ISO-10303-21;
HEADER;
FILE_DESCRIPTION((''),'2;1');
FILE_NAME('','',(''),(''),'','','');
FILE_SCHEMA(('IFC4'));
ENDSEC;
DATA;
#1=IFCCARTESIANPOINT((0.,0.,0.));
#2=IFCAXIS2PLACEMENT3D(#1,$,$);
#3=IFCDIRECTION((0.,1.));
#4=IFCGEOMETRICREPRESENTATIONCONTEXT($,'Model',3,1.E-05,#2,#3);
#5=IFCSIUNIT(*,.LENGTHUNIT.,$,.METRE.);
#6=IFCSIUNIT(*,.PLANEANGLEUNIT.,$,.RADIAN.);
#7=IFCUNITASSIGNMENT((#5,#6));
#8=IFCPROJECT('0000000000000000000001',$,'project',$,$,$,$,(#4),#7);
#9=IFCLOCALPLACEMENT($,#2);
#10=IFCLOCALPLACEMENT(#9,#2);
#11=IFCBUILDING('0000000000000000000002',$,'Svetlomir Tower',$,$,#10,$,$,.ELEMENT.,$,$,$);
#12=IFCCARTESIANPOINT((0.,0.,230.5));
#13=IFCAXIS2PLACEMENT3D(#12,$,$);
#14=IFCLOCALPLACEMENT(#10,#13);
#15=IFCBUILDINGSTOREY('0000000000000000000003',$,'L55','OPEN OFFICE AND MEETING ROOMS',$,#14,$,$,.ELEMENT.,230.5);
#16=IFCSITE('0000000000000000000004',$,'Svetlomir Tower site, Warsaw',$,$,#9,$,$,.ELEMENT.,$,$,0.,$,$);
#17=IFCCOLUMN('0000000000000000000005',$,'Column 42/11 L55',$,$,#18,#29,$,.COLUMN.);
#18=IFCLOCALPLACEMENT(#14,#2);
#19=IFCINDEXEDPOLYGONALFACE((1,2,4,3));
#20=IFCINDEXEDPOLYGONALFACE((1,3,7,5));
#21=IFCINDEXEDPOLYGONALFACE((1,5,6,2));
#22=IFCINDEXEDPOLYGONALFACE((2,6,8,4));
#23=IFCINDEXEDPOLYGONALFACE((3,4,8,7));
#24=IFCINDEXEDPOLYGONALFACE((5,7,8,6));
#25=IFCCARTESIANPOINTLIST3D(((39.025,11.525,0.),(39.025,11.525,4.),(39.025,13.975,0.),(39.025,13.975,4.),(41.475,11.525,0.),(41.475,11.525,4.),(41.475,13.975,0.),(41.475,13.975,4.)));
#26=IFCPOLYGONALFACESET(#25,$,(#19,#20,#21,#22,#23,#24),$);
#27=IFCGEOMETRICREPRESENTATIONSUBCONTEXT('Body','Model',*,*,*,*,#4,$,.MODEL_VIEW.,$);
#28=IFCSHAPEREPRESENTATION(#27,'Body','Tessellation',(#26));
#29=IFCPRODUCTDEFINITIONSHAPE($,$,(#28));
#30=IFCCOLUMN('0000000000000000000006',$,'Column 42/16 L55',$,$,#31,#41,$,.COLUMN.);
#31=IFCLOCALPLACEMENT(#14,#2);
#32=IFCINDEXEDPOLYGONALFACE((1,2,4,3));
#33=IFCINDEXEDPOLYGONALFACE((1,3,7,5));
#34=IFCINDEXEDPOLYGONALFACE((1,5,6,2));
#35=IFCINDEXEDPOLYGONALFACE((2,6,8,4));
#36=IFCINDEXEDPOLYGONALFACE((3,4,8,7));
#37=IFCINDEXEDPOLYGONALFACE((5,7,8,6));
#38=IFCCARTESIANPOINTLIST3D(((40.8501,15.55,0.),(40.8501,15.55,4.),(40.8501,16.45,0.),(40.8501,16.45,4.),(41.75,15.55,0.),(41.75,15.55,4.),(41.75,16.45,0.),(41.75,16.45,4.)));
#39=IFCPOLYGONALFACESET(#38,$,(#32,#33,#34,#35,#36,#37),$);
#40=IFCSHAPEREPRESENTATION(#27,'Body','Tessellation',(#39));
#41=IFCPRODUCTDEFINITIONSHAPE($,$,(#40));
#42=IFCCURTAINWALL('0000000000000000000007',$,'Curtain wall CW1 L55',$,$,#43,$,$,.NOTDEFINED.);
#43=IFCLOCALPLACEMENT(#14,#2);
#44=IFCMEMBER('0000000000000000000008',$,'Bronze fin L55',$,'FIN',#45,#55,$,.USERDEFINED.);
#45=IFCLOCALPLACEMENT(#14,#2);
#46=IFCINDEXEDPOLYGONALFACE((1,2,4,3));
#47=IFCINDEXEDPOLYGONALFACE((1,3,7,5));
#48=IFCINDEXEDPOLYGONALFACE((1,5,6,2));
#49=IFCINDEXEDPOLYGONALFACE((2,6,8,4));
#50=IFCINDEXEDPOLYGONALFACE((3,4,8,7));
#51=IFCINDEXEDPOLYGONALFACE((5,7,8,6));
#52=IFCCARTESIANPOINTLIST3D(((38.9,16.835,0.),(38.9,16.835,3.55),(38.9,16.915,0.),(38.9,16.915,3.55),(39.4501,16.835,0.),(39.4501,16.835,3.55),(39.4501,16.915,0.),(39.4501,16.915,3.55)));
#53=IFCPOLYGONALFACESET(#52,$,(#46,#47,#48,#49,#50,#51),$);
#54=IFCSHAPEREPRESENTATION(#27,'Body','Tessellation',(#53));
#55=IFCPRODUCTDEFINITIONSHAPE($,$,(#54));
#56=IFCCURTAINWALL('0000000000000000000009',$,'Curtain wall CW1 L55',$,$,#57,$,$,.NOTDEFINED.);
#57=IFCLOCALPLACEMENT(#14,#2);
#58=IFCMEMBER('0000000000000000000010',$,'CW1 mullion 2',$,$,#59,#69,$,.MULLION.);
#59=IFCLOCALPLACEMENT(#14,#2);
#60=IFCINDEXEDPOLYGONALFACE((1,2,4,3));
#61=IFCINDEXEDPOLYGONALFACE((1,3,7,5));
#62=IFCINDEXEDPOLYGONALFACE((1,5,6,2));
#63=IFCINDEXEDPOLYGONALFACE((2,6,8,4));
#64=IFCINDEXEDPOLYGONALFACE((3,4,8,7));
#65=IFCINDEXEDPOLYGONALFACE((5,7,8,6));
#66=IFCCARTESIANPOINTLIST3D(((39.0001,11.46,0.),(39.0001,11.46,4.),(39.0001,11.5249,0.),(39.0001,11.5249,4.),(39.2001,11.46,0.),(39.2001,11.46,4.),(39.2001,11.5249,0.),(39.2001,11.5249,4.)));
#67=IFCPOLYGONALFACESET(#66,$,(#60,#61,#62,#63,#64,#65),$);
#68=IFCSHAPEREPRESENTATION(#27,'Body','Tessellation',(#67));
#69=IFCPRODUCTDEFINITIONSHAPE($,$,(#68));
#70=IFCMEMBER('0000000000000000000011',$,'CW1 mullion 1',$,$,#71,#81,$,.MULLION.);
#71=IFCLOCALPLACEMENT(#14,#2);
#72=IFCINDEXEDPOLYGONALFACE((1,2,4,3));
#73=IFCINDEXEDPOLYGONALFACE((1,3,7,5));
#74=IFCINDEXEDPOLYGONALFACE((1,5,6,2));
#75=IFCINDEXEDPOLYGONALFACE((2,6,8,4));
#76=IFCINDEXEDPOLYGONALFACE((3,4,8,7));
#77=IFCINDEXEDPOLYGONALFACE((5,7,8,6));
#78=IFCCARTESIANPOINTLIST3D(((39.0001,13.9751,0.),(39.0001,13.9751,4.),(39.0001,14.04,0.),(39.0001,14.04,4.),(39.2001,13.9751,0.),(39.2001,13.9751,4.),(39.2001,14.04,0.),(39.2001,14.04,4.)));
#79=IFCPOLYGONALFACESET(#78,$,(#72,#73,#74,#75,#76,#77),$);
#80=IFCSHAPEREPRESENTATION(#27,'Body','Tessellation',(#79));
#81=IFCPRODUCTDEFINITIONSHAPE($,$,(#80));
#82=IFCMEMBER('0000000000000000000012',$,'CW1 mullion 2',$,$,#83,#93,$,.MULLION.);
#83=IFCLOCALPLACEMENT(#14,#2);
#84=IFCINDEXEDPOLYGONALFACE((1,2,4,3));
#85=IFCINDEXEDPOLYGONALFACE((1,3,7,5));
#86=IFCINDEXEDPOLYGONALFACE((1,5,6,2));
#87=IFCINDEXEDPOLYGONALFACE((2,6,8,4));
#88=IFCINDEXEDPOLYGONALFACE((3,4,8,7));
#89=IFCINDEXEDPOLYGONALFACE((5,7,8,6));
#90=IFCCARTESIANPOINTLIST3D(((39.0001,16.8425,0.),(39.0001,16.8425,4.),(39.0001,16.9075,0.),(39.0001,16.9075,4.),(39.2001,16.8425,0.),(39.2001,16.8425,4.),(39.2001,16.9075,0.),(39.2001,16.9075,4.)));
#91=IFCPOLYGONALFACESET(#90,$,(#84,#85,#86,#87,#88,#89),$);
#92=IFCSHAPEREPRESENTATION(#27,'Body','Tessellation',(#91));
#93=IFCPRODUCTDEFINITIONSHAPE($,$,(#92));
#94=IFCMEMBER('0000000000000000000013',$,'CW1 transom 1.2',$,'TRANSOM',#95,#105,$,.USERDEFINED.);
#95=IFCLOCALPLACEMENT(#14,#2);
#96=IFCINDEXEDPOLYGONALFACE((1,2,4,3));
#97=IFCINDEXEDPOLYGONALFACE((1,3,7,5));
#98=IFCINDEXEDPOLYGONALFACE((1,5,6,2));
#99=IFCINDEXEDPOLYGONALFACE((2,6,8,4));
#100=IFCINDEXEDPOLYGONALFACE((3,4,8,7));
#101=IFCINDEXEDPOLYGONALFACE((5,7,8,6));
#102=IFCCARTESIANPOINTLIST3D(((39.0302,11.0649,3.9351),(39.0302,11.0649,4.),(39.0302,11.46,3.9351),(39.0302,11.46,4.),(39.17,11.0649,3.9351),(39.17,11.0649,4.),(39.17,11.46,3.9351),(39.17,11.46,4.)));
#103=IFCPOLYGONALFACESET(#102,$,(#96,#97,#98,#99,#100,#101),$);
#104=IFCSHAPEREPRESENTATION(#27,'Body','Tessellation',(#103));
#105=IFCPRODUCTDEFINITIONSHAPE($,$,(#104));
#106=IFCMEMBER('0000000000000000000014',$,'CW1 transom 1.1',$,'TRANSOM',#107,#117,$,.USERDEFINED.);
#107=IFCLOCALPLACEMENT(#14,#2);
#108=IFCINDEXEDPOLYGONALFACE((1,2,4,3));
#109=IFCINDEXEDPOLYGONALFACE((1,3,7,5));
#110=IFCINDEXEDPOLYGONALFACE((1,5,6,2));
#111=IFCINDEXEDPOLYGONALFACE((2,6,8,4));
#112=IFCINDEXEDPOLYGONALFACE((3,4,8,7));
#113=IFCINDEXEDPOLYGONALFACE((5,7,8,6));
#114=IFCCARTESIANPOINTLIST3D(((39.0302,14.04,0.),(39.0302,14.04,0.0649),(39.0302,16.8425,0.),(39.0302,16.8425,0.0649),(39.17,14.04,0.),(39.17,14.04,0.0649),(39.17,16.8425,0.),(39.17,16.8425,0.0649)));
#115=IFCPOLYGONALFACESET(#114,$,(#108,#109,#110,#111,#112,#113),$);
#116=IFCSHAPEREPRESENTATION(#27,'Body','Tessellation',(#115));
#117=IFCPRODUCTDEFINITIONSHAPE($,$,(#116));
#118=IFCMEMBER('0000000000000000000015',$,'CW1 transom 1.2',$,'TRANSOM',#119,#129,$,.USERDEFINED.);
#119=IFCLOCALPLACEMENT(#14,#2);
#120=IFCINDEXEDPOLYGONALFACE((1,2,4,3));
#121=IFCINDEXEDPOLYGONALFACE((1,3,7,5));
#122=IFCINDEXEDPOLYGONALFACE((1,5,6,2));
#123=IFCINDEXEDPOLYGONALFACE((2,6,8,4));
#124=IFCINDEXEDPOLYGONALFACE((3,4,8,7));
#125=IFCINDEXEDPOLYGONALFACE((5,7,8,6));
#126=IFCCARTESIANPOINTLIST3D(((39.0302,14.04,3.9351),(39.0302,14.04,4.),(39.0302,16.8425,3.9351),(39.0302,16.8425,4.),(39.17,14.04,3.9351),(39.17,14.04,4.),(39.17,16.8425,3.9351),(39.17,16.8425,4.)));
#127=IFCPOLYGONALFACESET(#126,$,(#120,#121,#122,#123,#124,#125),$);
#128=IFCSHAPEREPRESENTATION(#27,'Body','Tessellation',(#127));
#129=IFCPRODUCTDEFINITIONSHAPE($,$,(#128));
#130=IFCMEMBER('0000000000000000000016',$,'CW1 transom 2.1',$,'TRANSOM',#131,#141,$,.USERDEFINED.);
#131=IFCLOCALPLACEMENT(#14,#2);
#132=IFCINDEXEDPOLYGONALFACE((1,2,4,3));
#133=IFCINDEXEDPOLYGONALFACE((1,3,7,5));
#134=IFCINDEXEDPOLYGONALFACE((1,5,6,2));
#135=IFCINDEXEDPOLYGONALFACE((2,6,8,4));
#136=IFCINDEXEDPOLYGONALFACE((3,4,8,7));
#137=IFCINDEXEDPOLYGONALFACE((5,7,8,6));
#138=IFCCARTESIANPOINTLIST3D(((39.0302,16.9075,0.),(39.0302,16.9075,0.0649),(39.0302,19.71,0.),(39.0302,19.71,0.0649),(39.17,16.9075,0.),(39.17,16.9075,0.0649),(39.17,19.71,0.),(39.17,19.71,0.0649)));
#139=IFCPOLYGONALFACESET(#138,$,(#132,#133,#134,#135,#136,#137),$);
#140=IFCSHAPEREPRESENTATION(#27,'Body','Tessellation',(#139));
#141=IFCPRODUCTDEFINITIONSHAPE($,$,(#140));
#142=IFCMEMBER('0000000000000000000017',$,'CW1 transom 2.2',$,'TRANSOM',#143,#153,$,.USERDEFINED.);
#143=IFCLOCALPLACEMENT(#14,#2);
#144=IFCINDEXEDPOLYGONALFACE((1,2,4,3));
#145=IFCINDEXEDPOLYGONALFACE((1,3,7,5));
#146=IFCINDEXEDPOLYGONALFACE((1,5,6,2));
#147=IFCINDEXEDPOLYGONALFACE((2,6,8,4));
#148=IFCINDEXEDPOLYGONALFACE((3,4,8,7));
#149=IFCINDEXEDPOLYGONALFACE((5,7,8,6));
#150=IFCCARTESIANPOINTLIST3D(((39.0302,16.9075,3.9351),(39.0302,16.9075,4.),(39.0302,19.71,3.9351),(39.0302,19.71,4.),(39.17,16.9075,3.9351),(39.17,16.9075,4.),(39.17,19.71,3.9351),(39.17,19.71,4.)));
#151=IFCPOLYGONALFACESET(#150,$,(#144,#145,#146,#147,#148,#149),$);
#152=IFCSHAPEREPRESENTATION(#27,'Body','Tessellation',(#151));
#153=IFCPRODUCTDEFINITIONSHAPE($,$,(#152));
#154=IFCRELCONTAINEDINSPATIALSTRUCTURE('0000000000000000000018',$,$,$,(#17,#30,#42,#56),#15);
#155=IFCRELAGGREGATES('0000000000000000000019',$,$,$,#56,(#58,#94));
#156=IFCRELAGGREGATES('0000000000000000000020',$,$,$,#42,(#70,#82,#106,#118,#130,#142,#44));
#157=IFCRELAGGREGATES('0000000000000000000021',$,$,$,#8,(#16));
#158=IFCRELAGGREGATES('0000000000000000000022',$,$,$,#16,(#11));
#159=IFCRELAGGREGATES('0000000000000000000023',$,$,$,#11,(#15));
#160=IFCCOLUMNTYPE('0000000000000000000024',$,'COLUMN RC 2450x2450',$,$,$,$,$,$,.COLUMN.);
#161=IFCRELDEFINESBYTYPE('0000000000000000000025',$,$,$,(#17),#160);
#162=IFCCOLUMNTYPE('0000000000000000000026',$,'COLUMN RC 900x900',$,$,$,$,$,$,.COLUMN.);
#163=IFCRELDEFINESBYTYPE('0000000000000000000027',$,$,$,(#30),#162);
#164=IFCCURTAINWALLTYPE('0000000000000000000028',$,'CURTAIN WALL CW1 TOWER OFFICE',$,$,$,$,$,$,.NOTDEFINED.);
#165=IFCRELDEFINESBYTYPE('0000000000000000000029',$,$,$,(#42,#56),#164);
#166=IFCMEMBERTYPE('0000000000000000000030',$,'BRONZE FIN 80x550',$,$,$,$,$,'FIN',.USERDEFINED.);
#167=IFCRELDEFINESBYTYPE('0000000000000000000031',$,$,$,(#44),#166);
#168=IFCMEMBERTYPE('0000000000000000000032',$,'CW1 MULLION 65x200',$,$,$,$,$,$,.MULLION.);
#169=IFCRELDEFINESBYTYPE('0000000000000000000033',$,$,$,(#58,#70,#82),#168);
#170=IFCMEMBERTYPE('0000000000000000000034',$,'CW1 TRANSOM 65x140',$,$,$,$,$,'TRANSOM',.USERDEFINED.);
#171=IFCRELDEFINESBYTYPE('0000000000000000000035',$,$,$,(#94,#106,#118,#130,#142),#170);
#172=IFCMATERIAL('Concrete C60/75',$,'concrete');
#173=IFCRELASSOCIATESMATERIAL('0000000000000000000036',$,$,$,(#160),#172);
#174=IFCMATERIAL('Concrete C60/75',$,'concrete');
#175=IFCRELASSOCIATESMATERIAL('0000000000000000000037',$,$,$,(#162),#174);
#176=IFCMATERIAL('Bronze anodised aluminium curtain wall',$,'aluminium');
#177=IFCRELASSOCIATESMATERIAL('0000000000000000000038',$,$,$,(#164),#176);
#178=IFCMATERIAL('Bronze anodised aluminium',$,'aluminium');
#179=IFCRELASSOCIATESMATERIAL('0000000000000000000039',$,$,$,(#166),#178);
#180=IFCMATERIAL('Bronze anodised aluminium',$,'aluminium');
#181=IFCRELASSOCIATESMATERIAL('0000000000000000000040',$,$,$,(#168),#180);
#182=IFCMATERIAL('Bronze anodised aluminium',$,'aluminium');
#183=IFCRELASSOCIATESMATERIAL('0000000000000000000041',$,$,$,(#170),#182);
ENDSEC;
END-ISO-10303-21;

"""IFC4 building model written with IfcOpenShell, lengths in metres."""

from ifc_helpers import new_model, si_unit, direction, frame, origin, origin_2d, place, context, subcontext, project, spatial, rectangle, extrude, material, material_profile, profile_set, type_object, element, aggregate, save


model = new_model("IFC4")

# Units and contexts
model_context = context("Model", 3, precision=1e-05, world=origin(), true_north=direction((0.0, 1.0)))
body_context = subcontext(model_context, "Body", "Model", "MODEL_VIEW")
ifc_project = project(units=[si_unit("LENGTHUNIT", "METRE"), si_unit("PLANEANGLEUNIT", "RADIAN")], contexts=[model_context])

# Site, building, storey
site_placement = place(None, origin())
site = spatial("IfcSite", under=ifc_project, at=site_placement, Name="Svetlomir Tower site, Warsaw", CompositionType="ELEMENT", RefElevation=0.0)
building_placement = place(site_placement, origin())
building = spatial("IfcBuilding", under=site, at=building_placement, Name="Svetlomir Tower", CompositionType="ELEMENT")
storey_placement = place(building_placement, frame((0.0, 0.0, 230.5)))
storey = spatial("IfcBuildingStorey", under=building, at=storey_placement, Name="L55", Description="OPEN OFFICE AND MEETING ROOMS", CompositionType="ELEMENT", Elevation=230.5)

# Columns
ifc_material_1 = material(Name="Concrete C60/75", Category="concrete")
ifc_material_profile_1 = material_profile(ifc_material_1, rectangle(XDim=2.45, YDim=2.45, at=origin_2d()), Name="RC 2450x2450")
ifc_profile_set_1 = profile_set([ifc_material_profile_1], Name="Concrete C60/75")
column_type_1 = type_object("IfcColumnType", Name="COLUMN RC 2450x2450", PredefinedType="COLUMN", material=ifc_profile_set_1)
column_1_placement = place(storey_placement, frame((40.25, 12.75, 0.0), z_axis=(0.0, 0.0, 1.0), x_axis=(1.0, 0.0, 0.0)))
element("IfcColumn", 1, at=column_1_placement, inside=storey, type_object=column_type_1, Name="Column 42/11 L55", PredefinedType="COLUMN", context=body_context, shape_type="SweptSolid", body=[
    extrude(rectangle(XDim=2.45, YDim=2.45, at=origin_2d()), origin(), (0.0, 0.0, 1.0), 4.0),
])
ifc_material_2 = material(Name="Concrete C60/75", Category="concrete")
ifc_material_profile_2 = material_profile(ifc_material_2, rectangle(XDim=0.8999, YDim=0.8999, at=origin_2d()), Name="RC 900x900")
ifc_profile_set_2 = profile_set([ifc_material_profile_2], Name="Concrete C60/75")
column_type_2 = type_object("IfcColumnType", Name="COLUMN RC 900x900", PredefinedType="COLUMN", material=ifc_profile_set_2)
column_2_placement = place(storey_placement, frame((41.3, 16.0, 0.0), z_axis=(0.0, 0.0, 1.0), x_axis=(1.0, 0.0, 0.0)))
element("IfcColumn", 2, at=column_2_placement, inside=storey, type_object=column_type_2, Name="Column 42/16 L55", PredefinedType="COLUMN", context=body_context, shape_type="SweptSolid", body=[
    extrude(rectangle(XDim=0.8999, YDim=0.8999, at=origin_2d()), origin(), (0.0, 0.0, 1.0), 4.0),
])

# Curtain walls, members
ifc_material_3 = material(Name="Bronze anodised aluminium curtain wall", Category="aluminium")
curtain_wall_type = type_object("IfcCurtainWallType", Name="CURTAIN WALL CW1 TOWER OFFICE", PredefinedType="NOTDEFINED", material=ifc_material_3)
curtain_wall_1_placement = place(storey_placement, origin())
curtain_wall_1 = element("IfcCurtainWall", 3, at=curtain_wall_1_placement, inside=storey, type_object=curtain_wall_type, Name="Curtain wall CW1 L55", PredefinedType="NOTDEFINED")
ifc_material_4 = material(Name="Bronze anodised aluminium", Category="aluminium")
ifc_material_profile_3 = material_profile(ifc_material_4, rectangle(XDim=0.0801, YDim=0.55, at=origin_2d()), Name="FIN 80x550")
ifc_profile_set_3 = profile_set([ifc_material_profile_3], Name="Bronze anodised aluminium 6063-T6")
member_type_1 = type_object("IfcMemberType", Name="BRONZE FIN 80x550", ElementType="FIN", PredefinedType="USERDEFINED", material=ifc_profile_set_3)
member_1_placement = place(storey_placement, frame((39.175, 16.875, 0.0), z_axis=(0.0, 0.0, 1.0), x_axis=(0.0, 1.0, 0.0)))
member_1 = element("IfcMember", 4, at=member_1_placement, type_object=member_type_1, Name="Bronze fin L55", ObjectType="FIN", PredefinedType="USERDEFINED", context=body_context, shape_type="SweptSolid", body=[
    extrude(rectangle(XDim=0.0801, YDim=0.55, at=origin_2d()), origin(), (0.0, 0.0, 1.0), 3.55),
])
curtain_wall_2_placement = place(storey_placement, origin())
curtain_wall_2 = element("IfcCurtainWall", 5, at=curtain_wall_2_placement, inside=storey, type_object=curtain_wall_type, Name="Curtain wall CW1 L55", PredefinedType="NOTDEFINED")
ifc_material_5 = material(Name="Bronze anodised aluminium", Category="aluminium")
ifc_material_profile_4 = material_profile(ifc_material_5, rectangle(XDim=0.0649, YDim=0.2, at=origin_2d()), Name="AL 65x200")
ifc_profile_set_4 = profile_set([ifc_material_profile_4], Name="Bronze anodised aluminium 6063-T6")
member_type_2 = type_object("IfcMemberType", Name="CW1 MULLION 65x200", PredefinedType="MULLION", material=ifc_profile_set_4)
member_2_placement = place(storey_placement, frame((39.1001, 11.4924, 0.0), z_axis=(0.0, 0.0, 1.0), x_axis=(0.0, 1.0, 0.0)))
member_2 = element("IfcMember", 6, at=member_2_placement, type_object=member_type_2, Name="CW1 mullion 2", PredefinedType="MULLION", context=body_context, shape_type="SweptSolid", body=[
    extrude(rectangle(XDim=0.0649, YDim=0.2, at=origin_2d()), origin(), (0.0, 0.0, 1.0), 4.0),
])

# Members
member_3_placement = place(storey_placement, frame((39.1001, 14.0076, 0.0), z_axis=(0.0, 0.0, 1.0), x_axis=(0.0, 1.0, 0.0)))
member_3 = element("IfcMember", 7, at=member_3_placement, type_object=member_type_2, Name="CW1 mullion 1", PredefinedType="MULLION", context=body_context, shape_type="SweptSolid", body=[
    extrude(rectangle(XDim=0.0649, YDim=0.2, at=origin_2d()), origin(), (0.0, 0.0, 1.0), 4.0),
])
member_4_placement = place(storey_placement, frame((39.1001, 16.875, 0.0), z_axis=(0.0, 0.0, 1.0), x_axis=(0.0, 1.0, 0.0)))
member_4 = element("IfcMember", 8, at=member_4_placement, type_object=member_type_2, Name="CW1 mullion 2", PredefinedType="MULLION", context=body_context, shape_type="SweptSolid", body=[
    extrude(rectangle(XDim=0.0649, YDim=0.2, at=origin_2d()), origin(), (0.0, 0.0, 1.0), 4.0),
])
ifc_material_6 = material(Name="Bronze anodised aluminium", Category="aluminium")
ifc_material_profile_5 = material_profile(ifc_material_6, rectangle(XDim=0.1399, YDim=0.0649, at=origin_2d()), Name="AL 140x65")
ifc_profile_set_5 = profile_set([ifc_material_profile_5], Name="Bronze anodised aluminium 6063-T6")
member_type_3 = type_object("IfcMemberType", Name="CW1 TRANSOM 65x140", ElementType="TRANSOM", PredefinedType="USERDEFINED", material=ifc_profile_set_5)
member_5_placement = place(storey_placement, frame((39.1001, 11.0649, 3.9675), z_axis=(0.0, 1.0, 0.0), x_axis=(-1.0, 0.0, 0.0)))
member_5 = element("IfcMember", 9, at=member_5_placement, type_object=member_type_3, Name="CW1 transom 1.2", ObjectType="TRANSOM", PredefinedType="USERDEFINED", context=body_context, shape_type="SweptSolid", body=[
    extrude(rectangle(XDim=0.1399, YDim=0.0649, at=origin_2d()), origin(), (0.0, 0.0, 1.0), 0.395),
])
member_6_placement = place(storey_placement, frame((39.1001, 14.04, 0.0325), z_axis=(0.0, 1.0, 0.0), x_axis=(-1.0, 0.0, 0.0)))
member_6 = element("IfcMember", 10, at=member_6_placement, type_object=member_type_3, Name="CW1 transom 1.1", ObjectType="TRANSOM", PredefinedType="USERDEFINED", context=body_context, shape_type="SweptSolid", body=[
    extrude(rectangle(XDim=0.1399, YDim=0.0649, at=origin_2d()), origin(), (0.0, 0.0, 1.0), 2.8025),
])
member_7_placement = place(storey_placement, frame((39.1001, 14.04, 3.9675), z_axis=(0.0, 1.0, 0.0), x_axis=(-1.0, 0.0, 0.0)))
member_7 = element("IfcMember", 11, at=member_7_placement, type_object=member_type_3, Name="CW1 transom 1.2", ObjectType="TRANSOM", PredefinedType="USERDEFINED", context=body_context, shape_type="SweptSolid", body=[
    extrude(rectangle(XDim=0.1399, YDim=0.0649, at=origin_2d()), origin(), (0.0, 0.0, 1.0), 2.8025),
])
member_8_placement = place(storey_placement, frame((39.1001, 16.9075, 0.0325), z_axis=(0.0, 1.0, 0.0), x_axis=(-1.0, 0.0, 0.0)))
member_8 = element("IfcMember", 12, at=member_8_placement, type_object=member_type_3, Name="CW1 transom 2.1", ObjectType="TRANSOM", PredefinedType="USERDEFINED", context=body_context, shape_type="SweptSolid", body=[
    extrude(rectangle(XDim=0.1399, YDim=0.0649, at=origin_2d()), origin(), (0.0, 0.0, 1.0), 2.8025),
])
member_9_placement = place(storey_placement, frame((39.1001, 16.9075, 3.9675), z_axis=(0.0, 1.0, 0.0), x_axis=(-1.0, 0.0, 0.0)))
member_9 = element("IfcMember", 13, at=member_9_placement, type_object=member_type_3, Name="CW1 transom 2.2", ObjectType="TRANSOM", PredefinedType="USERDEFINED", context=body_context, shape_type="SweptSolid", body=[
    extrude(rectangle(XDim=0.1399, YDim=0.0649, at=origin_2d()), origin(), (0.0, 0.0, 1.0), 2.8025),
])

aggregate(curtain_wall_2, [member_2, member_5])
aggregate(curtain_wall_1, [member_3, member_4, member_6, member_7, member_8, member_9, member_1])

save(model, "model.ifc")
